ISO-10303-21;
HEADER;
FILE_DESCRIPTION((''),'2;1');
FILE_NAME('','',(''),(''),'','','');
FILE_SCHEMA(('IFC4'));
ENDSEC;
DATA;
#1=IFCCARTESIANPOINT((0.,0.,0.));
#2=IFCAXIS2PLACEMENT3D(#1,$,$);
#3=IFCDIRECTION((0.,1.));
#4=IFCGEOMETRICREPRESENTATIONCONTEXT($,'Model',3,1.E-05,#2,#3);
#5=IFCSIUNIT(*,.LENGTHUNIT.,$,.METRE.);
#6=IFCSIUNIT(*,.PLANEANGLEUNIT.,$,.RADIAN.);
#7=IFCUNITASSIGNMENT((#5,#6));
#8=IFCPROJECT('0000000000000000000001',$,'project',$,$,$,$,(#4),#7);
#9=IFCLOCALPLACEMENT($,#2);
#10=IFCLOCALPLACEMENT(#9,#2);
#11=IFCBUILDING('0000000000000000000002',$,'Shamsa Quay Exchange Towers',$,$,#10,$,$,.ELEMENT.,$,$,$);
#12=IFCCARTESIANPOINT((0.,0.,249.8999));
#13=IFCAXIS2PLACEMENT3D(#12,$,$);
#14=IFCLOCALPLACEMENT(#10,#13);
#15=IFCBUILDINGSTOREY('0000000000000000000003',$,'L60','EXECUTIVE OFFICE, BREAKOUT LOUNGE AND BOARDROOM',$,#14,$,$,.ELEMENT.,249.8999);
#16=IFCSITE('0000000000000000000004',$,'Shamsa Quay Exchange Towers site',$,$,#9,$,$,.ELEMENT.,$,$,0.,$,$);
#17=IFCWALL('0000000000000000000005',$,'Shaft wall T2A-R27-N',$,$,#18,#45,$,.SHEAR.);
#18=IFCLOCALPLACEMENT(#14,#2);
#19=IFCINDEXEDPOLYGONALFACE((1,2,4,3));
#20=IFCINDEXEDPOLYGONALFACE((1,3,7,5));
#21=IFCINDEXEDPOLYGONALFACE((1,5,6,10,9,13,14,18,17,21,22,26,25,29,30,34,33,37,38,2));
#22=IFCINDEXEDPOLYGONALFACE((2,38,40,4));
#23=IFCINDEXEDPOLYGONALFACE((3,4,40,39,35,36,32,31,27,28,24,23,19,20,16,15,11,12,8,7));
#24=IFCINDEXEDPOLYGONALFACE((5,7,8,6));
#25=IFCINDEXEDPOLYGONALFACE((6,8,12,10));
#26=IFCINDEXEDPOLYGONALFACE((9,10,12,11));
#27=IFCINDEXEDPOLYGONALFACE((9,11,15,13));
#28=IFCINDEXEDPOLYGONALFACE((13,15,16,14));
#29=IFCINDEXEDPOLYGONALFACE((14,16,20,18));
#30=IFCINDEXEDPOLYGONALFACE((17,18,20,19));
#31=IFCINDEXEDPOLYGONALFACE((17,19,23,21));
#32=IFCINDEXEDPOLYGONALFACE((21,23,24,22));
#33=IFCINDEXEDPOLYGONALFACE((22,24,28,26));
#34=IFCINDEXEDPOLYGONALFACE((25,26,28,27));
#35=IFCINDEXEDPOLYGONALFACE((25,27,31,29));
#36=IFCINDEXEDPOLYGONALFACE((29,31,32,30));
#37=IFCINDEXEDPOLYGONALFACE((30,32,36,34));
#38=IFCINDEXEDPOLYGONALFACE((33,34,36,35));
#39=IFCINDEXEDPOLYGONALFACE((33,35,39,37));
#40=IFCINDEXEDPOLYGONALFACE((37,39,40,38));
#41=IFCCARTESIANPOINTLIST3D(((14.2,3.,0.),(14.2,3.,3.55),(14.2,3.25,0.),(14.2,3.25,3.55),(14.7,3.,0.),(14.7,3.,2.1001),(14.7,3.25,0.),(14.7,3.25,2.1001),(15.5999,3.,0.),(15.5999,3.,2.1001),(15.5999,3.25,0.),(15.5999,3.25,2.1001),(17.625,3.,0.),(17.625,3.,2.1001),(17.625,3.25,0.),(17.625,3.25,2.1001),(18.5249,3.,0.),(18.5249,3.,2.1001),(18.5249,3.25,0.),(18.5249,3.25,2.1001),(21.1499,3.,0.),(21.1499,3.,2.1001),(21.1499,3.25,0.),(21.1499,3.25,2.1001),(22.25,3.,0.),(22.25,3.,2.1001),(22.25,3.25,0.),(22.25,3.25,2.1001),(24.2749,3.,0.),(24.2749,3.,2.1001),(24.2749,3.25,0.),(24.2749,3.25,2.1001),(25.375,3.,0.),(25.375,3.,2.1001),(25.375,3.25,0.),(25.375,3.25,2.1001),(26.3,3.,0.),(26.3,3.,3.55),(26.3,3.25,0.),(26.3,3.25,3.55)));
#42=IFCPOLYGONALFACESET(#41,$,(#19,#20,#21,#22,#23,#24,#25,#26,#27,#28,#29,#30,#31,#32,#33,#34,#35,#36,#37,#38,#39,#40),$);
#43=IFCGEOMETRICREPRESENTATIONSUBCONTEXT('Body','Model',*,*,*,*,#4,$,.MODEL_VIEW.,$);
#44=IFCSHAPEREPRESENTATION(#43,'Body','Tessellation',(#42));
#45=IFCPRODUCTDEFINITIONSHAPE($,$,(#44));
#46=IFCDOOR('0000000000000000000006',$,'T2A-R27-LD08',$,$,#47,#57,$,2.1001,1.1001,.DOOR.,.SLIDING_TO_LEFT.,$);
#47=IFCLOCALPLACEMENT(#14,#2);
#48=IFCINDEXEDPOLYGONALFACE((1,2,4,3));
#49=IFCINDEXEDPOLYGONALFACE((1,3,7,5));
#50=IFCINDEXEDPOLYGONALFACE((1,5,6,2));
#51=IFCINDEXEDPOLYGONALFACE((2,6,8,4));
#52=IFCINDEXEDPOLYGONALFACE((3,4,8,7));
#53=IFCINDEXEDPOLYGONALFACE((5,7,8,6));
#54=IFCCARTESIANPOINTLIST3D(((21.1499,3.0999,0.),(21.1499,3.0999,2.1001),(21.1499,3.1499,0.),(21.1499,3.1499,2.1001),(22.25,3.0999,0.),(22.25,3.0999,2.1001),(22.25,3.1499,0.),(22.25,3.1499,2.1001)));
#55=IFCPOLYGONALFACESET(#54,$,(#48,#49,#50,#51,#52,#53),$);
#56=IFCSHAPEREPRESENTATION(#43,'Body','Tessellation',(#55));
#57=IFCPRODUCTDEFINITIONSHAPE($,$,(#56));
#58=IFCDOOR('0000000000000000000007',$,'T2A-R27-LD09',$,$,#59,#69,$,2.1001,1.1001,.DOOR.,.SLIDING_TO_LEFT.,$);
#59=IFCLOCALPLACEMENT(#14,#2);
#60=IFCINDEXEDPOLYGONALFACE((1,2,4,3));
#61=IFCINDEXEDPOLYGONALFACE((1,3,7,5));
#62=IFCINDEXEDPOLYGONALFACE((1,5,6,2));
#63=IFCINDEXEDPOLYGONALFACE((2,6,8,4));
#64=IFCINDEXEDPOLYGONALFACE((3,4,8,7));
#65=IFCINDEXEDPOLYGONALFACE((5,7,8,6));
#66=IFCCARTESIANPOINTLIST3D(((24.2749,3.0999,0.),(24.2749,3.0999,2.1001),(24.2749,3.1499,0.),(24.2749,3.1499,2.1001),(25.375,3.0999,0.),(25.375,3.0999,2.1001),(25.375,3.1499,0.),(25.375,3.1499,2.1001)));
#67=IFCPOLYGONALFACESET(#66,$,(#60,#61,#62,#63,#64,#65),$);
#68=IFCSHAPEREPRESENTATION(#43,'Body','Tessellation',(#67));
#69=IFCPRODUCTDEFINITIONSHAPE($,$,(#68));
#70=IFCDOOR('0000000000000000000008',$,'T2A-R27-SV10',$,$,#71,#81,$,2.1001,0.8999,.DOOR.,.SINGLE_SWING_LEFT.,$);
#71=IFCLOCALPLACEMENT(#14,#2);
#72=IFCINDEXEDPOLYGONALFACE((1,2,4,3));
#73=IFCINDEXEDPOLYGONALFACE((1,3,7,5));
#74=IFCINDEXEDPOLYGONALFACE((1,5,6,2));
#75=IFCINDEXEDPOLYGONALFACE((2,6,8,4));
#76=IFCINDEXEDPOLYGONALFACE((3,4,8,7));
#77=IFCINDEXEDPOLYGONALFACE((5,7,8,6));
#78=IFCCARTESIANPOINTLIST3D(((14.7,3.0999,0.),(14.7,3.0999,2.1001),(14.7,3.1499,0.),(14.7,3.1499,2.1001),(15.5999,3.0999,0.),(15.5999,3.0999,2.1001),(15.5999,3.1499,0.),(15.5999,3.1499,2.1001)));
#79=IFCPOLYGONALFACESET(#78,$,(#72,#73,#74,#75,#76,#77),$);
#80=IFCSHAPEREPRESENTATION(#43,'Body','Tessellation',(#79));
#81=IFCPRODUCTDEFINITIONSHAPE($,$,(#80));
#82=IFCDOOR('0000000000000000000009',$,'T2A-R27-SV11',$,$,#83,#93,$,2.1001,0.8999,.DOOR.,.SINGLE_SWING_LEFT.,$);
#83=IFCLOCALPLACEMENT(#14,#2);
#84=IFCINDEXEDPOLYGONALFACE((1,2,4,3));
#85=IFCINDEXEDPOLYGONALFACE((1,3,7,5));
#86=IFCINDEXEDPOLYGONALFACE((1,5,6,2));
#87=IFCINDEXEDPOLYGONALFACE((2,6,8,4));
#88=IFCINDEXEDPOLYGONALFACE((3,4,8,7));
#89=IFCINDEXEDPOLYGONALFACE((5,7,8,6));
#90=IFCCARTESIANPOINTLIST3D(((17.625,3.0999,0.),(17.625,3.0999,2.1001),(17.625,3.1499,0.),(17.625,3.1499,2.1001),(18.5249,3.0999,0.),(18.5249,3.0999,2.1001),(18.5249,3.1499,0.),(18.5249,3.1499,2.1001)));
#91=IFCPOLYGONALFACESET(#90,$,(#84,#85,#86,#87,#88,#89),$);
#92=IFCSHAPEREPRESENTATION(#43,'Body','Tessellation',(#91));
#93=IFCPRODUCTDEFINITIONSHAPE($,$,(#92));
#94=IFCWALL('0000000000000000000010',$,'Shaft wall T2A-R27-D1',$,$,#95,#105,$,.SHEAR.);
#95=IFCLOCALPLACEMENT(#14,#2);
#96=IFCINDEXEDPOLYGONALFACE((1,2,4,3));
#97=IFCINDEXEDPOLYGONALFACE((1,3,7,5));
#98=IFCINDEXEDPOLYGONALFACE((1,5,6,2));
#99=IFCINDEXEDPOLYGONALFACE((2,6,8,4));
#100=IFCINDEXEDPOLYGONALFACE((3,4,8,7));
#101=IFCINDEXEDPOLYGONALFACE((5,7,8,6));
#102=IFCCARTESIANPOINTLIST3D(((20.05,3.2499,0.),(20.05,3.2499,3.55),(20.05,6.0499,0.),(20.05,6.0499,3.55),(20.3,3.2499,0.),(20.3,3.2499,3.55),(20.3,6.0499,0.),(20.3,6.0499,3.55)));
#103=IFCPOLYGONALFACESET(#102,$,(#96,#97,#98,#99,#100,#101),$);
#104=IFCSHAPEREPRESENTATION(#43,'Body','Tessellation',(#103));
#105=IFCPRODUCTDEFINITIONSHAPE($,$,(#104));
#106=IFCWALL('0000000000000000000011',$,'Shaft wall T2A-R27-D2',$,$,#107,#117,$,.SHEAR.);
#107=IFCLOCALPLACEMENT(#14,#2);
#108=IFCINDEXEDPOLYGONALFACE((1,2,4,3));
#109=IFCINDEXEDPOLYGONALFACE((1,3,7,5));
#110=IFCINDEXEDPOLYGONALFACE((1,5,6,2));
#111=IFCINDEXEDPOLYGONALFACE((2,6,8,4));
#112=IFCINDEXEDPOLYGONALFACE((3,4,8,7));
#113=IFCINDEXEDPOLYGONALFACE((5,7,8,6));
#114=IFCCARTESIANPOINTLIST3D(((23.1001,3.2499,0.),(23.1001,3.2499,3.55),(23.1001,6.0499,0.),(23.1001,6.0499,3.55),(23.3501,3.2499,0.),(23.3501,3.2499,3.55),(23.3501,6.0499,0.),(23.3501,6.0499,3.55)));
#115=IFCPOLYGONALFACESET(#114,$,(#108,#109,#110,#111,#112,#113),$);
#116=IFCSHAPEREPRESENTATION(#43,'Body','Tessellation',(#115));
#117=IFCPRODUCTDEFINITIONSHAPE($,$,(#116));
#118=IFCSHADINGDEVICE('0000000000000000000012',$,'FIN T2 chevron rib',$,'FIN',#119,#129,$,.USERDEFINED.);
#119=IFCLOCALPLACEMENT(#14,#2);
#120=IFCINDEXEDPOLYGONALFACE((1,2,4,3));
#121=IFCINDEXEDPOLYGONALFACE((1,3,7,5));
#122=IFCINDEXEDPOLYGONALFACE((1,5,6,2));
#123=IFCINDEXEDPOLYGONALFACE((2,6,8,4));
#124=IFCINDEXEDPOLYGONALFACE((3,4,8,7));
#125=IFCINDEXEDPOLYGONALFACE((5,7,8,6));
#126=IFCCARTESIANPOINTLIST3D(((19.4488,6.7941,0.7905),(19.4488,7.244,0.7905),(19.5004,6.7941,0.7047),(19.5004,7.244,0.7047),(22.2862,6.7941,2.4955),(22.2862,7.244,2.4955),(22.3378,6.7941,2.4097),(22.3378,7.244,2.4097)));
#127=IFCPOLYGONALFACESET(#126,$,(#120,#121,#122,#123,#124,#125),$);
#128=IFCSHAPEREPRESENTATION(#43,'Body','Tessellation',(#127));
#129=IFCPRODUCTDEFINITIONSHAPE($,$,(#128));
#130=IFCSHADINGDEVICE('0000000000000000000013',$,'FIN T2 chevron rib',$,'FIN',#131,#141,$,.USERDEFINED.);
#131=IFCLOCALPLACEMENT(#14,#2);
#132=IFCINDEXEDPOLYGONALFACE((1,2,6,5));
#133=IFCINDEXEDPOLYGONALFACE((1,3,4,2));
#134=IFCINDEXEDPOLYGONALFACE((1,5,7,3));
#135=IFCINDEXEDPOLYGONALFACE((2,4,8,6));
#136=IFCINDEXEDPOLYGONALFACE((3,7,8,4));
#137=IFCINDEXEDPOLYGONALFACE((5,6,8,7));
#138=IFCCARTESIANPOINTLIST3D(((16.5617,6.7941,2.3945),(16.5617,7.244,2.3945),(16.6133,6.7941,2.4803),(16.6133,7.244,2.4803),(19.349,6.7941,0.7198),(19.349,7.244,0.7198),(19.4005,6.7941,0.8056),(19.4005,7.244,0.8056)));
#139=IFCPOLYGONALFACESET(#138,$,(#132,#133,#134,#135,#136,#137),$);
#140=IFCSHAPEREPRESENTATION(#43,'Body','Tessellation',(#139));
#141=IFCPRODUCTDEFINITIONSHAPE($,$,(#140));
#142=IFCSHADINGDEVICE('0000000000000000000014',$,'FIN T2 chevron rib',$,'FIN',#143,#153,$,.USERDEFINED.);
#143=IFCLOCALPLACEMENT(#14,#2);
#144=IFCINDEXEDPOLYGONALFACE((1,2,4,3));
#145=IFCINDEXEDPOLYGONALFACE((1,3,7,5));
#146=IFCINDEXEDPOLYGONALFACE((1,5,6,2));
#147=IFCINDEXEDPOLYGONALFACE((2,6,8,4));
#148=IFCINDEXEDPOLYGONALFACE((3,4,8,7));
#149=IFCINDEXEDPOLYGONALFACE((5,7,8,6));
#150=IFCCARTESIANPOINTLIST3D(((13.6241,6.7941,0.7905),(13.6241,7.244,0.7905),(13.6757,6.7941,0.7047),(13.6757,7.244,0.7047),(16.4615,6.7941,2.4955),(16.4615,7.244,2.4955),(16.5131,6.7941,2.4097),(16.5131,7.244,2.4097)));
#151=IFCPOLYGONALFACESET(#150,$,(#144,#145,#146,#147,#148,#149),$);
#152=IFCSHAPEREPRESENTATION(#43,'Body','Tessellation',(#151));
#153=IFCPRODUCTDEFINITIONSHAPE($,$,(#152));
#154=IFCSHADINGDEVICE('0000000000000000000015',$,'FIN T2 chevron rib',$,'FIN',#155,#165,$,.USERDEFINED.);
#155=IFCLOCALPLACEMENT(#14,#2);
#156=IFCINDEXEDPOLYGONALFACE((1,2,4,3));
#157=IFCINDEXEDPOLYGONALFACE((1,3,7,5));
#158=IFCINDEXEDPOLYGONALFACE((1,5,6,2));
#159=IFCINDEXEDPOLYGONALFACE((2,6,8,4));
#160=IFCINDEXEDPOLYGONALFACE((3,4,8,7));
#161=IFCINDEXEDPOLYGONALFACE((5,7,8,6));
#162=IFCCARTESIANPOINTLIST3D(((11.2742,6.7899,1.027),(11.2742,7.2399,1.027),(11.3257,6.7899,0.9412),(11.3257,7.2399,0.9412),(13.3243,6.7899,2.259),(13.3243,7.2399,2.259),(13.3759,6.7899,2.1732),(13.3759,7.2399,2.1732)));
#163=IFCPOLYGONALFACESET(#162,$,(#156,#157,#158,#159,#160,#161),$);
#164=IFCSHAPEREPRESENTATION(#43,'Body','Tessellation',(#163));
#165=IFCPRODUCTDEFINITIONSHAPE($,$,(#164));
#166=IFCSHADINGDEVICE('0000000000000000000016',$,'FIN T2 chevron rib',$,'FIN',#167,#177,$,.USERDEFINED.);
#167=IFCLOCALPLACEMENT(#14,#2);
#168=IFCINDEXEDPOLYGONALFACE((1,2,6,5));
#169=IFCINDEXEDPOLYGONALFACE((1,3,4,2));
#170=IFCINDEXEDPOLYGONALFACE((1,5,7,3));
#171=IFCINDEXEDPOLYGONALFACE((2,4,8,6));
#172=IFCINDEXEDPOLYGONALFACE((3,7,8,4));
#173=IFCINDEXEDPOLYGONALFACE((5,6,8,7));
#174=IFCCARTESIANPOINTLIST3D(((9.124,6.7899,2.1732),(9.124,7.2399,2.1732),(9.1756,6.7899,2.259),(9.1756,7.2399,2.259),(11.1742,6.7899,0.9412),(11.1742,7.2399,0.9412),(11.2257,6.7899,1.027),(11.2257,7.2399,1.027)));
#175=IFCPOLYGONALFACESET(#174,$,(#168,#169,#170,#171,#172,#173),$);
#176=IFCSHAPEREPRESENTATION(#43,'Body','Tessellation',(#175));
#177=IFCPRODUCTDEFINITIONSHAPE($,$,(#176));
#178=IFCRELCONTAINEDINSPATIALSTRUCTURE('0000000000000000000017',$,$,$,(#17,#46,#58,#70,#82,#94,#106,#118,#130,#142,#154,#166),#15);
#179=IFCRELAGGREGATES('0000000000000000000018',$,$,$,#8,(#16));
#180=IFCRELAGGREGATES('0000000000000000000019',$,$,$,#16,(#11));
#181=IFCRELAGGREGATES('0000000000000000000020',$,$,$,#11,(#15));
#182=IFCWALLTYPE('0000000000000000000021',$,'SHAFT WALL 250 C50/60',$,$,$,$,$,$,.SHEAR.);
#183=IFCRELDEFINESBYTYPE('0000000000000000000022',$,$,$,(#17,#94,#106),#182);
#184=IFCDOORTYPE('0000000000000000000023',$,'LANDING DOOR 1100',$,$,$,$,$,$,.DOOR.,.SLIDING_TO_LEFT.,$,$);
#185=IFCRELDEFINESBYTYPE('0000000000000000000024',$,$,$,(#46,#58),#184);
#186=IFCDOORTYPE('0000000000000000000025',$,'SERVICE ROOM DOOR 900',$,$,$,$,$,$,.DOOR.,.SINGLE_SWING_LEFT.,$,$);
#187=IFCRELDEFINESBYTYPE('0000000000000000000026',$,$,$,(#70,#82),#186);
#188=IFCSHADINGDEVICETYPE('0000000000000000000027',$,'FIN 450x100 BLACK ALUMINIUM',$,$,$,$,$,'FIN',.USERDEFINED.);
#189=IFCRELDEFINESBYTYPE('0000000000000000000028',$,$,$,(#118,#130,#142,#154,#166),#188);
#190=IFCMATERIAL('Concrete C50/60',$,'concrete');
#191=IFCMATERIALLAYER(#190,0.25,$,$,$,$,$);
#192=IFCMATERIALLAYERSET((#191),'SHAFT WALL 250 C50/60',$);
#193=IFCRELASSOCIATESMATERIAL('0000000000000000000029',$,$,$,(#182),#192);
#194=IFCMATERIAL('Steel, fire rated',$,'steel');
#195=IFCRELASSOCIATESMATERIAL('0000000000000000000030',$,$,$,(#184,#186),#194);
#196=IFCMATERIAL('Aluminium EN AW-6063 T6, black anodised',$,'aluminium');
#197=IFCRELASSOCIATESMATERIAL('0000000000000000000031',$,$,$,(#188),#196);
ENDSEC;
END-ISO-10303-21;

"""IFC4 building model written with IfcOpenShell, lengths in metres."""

from ifc_helpers import new_model, si_unit, direction, frame, frame_2d, origin, origin_2d, place, context, subcontext, project, spatial, rectangle, extrude, material, layer, layer_set, material_profile, profile_set, type_object, element, fill, save


model = new_model("IFC4")

# Units and contexts
model_context = context("Model", 3, precision=1e-05, world=origin(), true_north=direction((0.0, 1.0)))
body_context = subcontext(model_context, "Body", "Model", "MODEL_VIEW")
ifc_project = project(units=[si_unit("LENGTHUNIT", "METRE"), si_unit("PLANEANGLEUNIT", "RADIAN")], contexts=[model_context])

# Site, building, storey
site_placement = place(None, origin())
site = spatial("IfcSite", under=ifc_project, at=site_placement, Name="Shamsa Quay Exchange Towers site", CompositionType="ELEMENT", RefElevation=0.0)
building_placement = place(site_placement, origin())
building = spatial("IfcBuilding", under=site, at=building_placement, Name="Shamsa Quay Exchange Towers", CompositionType="ELEMENT")
storey_placement = place(building_placement, frame((0.0, 0.0, 249.8999)))
storey = spatial("IfcBuildingStorey", under=building, at=storey_placement, Name="L60", Description="EXECUTIVE OFFICE, BREAKOUT LOUNGE AND BOARDROOM", CompositionType="ELEMENT", Elevation=249.8999)

# Shared definitions
ifc_material_1 = material(Name="Aluminium EN AW-6063 T6, black anodised", Category="aluminium")

# Shared definitions
ifc_material_2 = material(Name="Steel, fire rated", Category="steel")

# Wall, openings, doors
ifc_material_3 = material(Name="Concrete C50/60", Category="concrete")
ifc_layer_1 = layer(ifc_material_3, 0.25)
ifc_layer_set_1 = layer_set([ifc_layer_1], Name="SHAFT WALL 250 C50/60")
wall_type_1 = type_object("IfcWallType", Name="SHAFT WALL 250 C50/60", PredefinedType="SHEAR", material=ifc_layer_set_1)
wall_1_placement = place(storey_placement, frame((14.2, 3.125, 0.0)))
wall_1 = element("IfcWall", 1, at=wall_1_placement, inside=storey, type_object=wall_type_1, Name="Shaft wall T2A-R27-N", PredefinedType="SHEAR", context=body_context, shape_type="SweptSolid", body=[
    extrude(rectangle(XDim=12.1001, YDim=0.25, at=frame_2d((6.05, 0.0))), origin(), (0.0, 0.0, 1.0), 3.55),
])
opening_1_placement = place(wall_1_placement, frame((6.95, 0.0, 0.0)))
opening_1 = element("IfcOpeningElement", 2, at=opening_1_placement, cuts=wall_1, PredefinedType="OPENING", context=body_context, shape_type="SweptSolid", body=[
    extrude(rectangle(XDim=1.1001, YDim=2.1001, at=frame_2d((0.55, 1.05))), frame((0.0, 0.135, 0.0), z_axis=(0.0, -1.0, 0.0), x_axis=(1.0, 0.0, 0.0)), (0.0, 0.0, 1.0), 0.27),
])
opening_2_placement = place(wall_1_placement, frame((10.075, 0.0, 0.0)))
opening_2 = element("IfcOpeningElement", 3, at=opening_2_placement, cuts=wall_1, PredefinedType="OPENING", context=body_context, shape_type="SweptSolid", body=[
    extrude(rectangle(XDim=1.1001, YDim=2.1001, at=frame_2d((0.55, 1.05))), frame((0.0, 0.135, 0.0), z_axis=(0.0, -1.0, 0.0), x_axis=(1.0, 0.0, 0.0)), (0.0, 0.0, 1.0), 0.27),
])
opening_3_placement = place(wall_1_placement, frame((0.5, 0.0, 0.0)))
opening_3 = element("IfcOpeningElement", 4, at=opening_3_placement, cuts=wall_1, PredefinedType="OPENING", context=body_context, shape_type="SweptSolid", body=[
    extrude(rectangle(XDim=0.8999, YDim=2.1001, at=frame_2d((0.45, 1.05))), frame((0.0, 0.135, 0.0), z_axis=(0.0, -1.0, 0.0), x_axis=(1.0, 0.0, 0.0)), (0.0, 0.0, 1.0), 0.27),
])
opening_4_placement = place(wall_1_placement, frame((3.425, 0.0, 0.0)))
opening_4 = element("IfcOpeningElement", 5, at=opening_4_placement, cuts=wall_1, PredefinedType="OPENING", context=body_context, shape_type="SweptSolid", body=[
    extrude(rectangle(XDim=0.8999, YDim=2.1001, at=frame_2d((0.45, 1.05))), frame((0.0, 0.135, 0.0), z_axis=(0.0, -1.0, 0.0), x_axis=(1.0, 0.0, 0.0)), (0.0, 0.0, 1.0), 0.27),
])
door_type_1 = type_object("IfcDoorType", Name="LANDING DOOR 1100", OperationType="SLIDING_TO_LEFT", PredefinedType="DOOR", material=ifc_material_2)
door_1_placement = place(opening_1_placement, origin())
door_1 = element("IfcDoor", 6, at=door_1_placement, inside=storey, type_object=door_type_1, Name="T2A-R27-LD08", OperationType="SLIDING_TO_LEFT", OverallHeight=2.1001, OverallWidth=1.1001, PredefinedType="DOOR", context=body_context, shape_type="SweptSolid", body=[
    extrude(rectangle(XDim=1.1001, YDim=2.1001, at=frame_2d((0.55, 1.05))), frame((0.0, 0.0249, 0.0), z_axis=(0.0, -1.0, 0.0), x_axis=(1.0, 0.0, 0.0)), (0.0, 0.0, 1.0), 0.05),
])
fill(opening_1, door_1)
door_2_placement = place(opening_2_placement, origin())
door_2 = element("IfcDoor", 7, at=door_2_placement, inside=storey, type_object=door_type_1, Name="T2A-R27-LD09", OperationType="SLIDING_TO_LEFT", OverallHeight=2.1001, OverallWidth=1.1001, PredefinedType="DOOR", context=body_context, shape_type="SweptSolid", body=[
    extrude(rectangle(XDim=1.1001, YDim=2.1001, at=frame_2d((0.55, 1.05))), frame((0.0, 0.0249, 0.0), z_axis=(0.0, -1.0, 0.0), x_axis=(1.0, 0.0, 0.0)), (0.0, 0.0, 1.0), 0.05),
])
fill(opening_2, door_2)
door_type_2 = type_object("IfcDoorType", Name="SERVICE ROOM DOOR 900", OperationType="SINGLE_SWING_LEFT", PredefinedType="DOOR", material=ifc_material_2)
door_3_placement = place(opening_3_placement, origin())
door_3 = element("IfcDoor", 8, at=door_3_placement, inside=storey, type_object=door_type_2, Name="T2A-R27-SV10", OperationType="SINGLE_SWING_LEFT", OverallHeight=2.1001, OverallWidth=0.8999, PredefinedType="DOOR", context=body_context, shape_type="SweptSolid", body=[
    extrude(rectangle(XDim=0.8999, YDim=2.1001, at=frame_2d((0.45, 1.05))), frame((0.0, 0.0249, 0.0), z_axis=(0.0, -1.0, 0.0), x_axis=(1.0, 0.0, 0.0)), (0.0, 0.0, 1.0), 0.05),
])
fill(opening_3, door_3)
door_4_placement = place(opening_4_placement, origin())
door_4 = element("IfcDoor", 9, at=door_4_placement, inside=storey, type_object=door_type_2, Name="T2A-R27-SV11", OperationType="SINGLE_SWING_LEFT", OverallHeight=2.1001, OverallWidth=0.8999, PredefinedType="DOOR", context=body_context, shape_type="SweptSolid", body=[
    extrude(rectangle(XDim=0.8999, YDim=2.1001, at=frame_2d((0.45, 1.05))), frame((0.0, 0.0249, 0.0), z_axis=(0.0, -1.0, 0.0), x_axis=(1.0, 0.0, 0.0)), (0.0, 0.0, 1.0), 0.05),
])
fill(opening_4, door_4)

# Walls
for number, where, z_axis, x_axis, name in (
    (10, (20.175, 3.25, 0.0), (0.0, 0.0, 1.0), (0.0, 1.0, 0.0), "Shaft wall T2A-R27-D1"),
    (11, (23.2251, 3.25, 0.0), (0.0, 0.0, 1.0), (0.0, 1.0, 0.0), "Shaft wall T2A-R27-D2"),
):
    element("IfcWall", number, at=place(storey_placement, frame(where, z_axis=z_axis, x_axis=x_axis)), inside=storey, type_object=wall_type_1, Name=name, PredefinedType="SHEAR", context=body_context, shape_type="SweptSolid", body=[
        extrude(rectangle(XDim=2.8, YDim=0.25, at=frame_2d((1.3999, 0.0))), origin(), (0.0, 0.0, 1.0), 3.55),
    ])

# Shading devices
ifc_material_profile_1 = material_profile(ifc_material_1, rectangle(XDim=0.45, YDim=0.1001, at=origin_2d()), Name="FIN450x100")
ifc_profile_set_1 = profile_set([ifc_material_profile_1], Name="Aluminium EN AW-6063 T6, black anodised")
shading_device_type = type_object("IfcShadingDeviceType", Name="FIN 450x100 BLACK ALUMINIUM", ElementType="FIN", PredefinedType="USERDEFINED", material=ifc_profile_set_1)
shading_device_1_placement = place(storey_placement, frame((22.312, 7.019, 2.4526), z_axis=(-0.857141, 0.0, -0.515081), x_axis=(0.0, -1.0, 0.0)))
element("IfcShadingDevice", 12, at=shading_device_1_placement, inside=storey, type_object=shading_device_type, Name="FIN T2 chevron rib", ObjectType="FIN", PredefinedType="USERDEFINED", context=body_context, shape_type="SweptSolid", body=[
    extrude(rectangle(XDim=0.45, YDim=0.1001, at=origin_2d()), origin(), (0.0, 0.0, 1.0), 3.3103),
])
shading_device_2_placement = place(storey_placement, frame((19.3748, 7.019, 0.7627), z_axis=(-0.857168, 0.0, 0.515037), x_axis=(0.0, -1.0, 0.0)))
element("IfcShadingDevice", 13, at=shading_device_2_placement, inside=storey, type_object=shading_device_type, Name="FIN T2 chevron rib", ObjectType="FIN", PredefinedType="USERDEFINED", context=body_context, shape_type="SweptSolid", body=[
    extrude(rectangle(XDim=0.45, YDim=0.1001, at=origin_2d()), origin(), (0.0, 0.0, 1.0), 3.2517),
])
shading_device_3_placement = place(storey_placement, frame((16.4873, 7.019, 2.4526), z_axis=(-0.857141, 0.0, -0.515081), x_axis=(0.0, -1.0, 0.0)))
element("IfcShadingDevice", 14, at=shading_device_3_placement, inside=storey, type_object=shading_device_type, Name="FIN T2 chevron rib", ObjectType="FIN", PredefinedType="USERDEFINED", context=body_context, shape_type="SweptSolid", body=[
    extrude(rectangle(XDim=0.45, YDim=0.1001, at=origin_2d()), origin(), (0.0, 0.0, 1.0), 3.3103),
])
for number, where, z_axis, x_axis, name in (
    (15, (13.3501, 7.0149, 2.2161), (-0.857141, 0.0, -0.515081), (0.0, -1.0, 0.0), "FIN T2 chevron rib"),
    (16, (11.2, 7.0149, 0.9841), (-0.857141, 0.0, 0.515081), (0.0, -1.0, 0.0), "FIN T2 chevron rib"),
):
    element("IfcShadingDevice", number, at=place(storey_placement, frame(where, z_axis=z_axis, x_axis=x_axis)), inside=storey, type_object=shading_device_type, Name=name, ObjectType="FIN", PredefinedType="USERDEFINED", context=body_context, shape_type="SweptSolid", body=[
        extrude(rectangle(XDim=0.45, YDim=0.1001, at=origin_2d()), origin(), (0.0, 0.0, 1.0), 2.3918),
    ])

save(model, "model.ifc")
